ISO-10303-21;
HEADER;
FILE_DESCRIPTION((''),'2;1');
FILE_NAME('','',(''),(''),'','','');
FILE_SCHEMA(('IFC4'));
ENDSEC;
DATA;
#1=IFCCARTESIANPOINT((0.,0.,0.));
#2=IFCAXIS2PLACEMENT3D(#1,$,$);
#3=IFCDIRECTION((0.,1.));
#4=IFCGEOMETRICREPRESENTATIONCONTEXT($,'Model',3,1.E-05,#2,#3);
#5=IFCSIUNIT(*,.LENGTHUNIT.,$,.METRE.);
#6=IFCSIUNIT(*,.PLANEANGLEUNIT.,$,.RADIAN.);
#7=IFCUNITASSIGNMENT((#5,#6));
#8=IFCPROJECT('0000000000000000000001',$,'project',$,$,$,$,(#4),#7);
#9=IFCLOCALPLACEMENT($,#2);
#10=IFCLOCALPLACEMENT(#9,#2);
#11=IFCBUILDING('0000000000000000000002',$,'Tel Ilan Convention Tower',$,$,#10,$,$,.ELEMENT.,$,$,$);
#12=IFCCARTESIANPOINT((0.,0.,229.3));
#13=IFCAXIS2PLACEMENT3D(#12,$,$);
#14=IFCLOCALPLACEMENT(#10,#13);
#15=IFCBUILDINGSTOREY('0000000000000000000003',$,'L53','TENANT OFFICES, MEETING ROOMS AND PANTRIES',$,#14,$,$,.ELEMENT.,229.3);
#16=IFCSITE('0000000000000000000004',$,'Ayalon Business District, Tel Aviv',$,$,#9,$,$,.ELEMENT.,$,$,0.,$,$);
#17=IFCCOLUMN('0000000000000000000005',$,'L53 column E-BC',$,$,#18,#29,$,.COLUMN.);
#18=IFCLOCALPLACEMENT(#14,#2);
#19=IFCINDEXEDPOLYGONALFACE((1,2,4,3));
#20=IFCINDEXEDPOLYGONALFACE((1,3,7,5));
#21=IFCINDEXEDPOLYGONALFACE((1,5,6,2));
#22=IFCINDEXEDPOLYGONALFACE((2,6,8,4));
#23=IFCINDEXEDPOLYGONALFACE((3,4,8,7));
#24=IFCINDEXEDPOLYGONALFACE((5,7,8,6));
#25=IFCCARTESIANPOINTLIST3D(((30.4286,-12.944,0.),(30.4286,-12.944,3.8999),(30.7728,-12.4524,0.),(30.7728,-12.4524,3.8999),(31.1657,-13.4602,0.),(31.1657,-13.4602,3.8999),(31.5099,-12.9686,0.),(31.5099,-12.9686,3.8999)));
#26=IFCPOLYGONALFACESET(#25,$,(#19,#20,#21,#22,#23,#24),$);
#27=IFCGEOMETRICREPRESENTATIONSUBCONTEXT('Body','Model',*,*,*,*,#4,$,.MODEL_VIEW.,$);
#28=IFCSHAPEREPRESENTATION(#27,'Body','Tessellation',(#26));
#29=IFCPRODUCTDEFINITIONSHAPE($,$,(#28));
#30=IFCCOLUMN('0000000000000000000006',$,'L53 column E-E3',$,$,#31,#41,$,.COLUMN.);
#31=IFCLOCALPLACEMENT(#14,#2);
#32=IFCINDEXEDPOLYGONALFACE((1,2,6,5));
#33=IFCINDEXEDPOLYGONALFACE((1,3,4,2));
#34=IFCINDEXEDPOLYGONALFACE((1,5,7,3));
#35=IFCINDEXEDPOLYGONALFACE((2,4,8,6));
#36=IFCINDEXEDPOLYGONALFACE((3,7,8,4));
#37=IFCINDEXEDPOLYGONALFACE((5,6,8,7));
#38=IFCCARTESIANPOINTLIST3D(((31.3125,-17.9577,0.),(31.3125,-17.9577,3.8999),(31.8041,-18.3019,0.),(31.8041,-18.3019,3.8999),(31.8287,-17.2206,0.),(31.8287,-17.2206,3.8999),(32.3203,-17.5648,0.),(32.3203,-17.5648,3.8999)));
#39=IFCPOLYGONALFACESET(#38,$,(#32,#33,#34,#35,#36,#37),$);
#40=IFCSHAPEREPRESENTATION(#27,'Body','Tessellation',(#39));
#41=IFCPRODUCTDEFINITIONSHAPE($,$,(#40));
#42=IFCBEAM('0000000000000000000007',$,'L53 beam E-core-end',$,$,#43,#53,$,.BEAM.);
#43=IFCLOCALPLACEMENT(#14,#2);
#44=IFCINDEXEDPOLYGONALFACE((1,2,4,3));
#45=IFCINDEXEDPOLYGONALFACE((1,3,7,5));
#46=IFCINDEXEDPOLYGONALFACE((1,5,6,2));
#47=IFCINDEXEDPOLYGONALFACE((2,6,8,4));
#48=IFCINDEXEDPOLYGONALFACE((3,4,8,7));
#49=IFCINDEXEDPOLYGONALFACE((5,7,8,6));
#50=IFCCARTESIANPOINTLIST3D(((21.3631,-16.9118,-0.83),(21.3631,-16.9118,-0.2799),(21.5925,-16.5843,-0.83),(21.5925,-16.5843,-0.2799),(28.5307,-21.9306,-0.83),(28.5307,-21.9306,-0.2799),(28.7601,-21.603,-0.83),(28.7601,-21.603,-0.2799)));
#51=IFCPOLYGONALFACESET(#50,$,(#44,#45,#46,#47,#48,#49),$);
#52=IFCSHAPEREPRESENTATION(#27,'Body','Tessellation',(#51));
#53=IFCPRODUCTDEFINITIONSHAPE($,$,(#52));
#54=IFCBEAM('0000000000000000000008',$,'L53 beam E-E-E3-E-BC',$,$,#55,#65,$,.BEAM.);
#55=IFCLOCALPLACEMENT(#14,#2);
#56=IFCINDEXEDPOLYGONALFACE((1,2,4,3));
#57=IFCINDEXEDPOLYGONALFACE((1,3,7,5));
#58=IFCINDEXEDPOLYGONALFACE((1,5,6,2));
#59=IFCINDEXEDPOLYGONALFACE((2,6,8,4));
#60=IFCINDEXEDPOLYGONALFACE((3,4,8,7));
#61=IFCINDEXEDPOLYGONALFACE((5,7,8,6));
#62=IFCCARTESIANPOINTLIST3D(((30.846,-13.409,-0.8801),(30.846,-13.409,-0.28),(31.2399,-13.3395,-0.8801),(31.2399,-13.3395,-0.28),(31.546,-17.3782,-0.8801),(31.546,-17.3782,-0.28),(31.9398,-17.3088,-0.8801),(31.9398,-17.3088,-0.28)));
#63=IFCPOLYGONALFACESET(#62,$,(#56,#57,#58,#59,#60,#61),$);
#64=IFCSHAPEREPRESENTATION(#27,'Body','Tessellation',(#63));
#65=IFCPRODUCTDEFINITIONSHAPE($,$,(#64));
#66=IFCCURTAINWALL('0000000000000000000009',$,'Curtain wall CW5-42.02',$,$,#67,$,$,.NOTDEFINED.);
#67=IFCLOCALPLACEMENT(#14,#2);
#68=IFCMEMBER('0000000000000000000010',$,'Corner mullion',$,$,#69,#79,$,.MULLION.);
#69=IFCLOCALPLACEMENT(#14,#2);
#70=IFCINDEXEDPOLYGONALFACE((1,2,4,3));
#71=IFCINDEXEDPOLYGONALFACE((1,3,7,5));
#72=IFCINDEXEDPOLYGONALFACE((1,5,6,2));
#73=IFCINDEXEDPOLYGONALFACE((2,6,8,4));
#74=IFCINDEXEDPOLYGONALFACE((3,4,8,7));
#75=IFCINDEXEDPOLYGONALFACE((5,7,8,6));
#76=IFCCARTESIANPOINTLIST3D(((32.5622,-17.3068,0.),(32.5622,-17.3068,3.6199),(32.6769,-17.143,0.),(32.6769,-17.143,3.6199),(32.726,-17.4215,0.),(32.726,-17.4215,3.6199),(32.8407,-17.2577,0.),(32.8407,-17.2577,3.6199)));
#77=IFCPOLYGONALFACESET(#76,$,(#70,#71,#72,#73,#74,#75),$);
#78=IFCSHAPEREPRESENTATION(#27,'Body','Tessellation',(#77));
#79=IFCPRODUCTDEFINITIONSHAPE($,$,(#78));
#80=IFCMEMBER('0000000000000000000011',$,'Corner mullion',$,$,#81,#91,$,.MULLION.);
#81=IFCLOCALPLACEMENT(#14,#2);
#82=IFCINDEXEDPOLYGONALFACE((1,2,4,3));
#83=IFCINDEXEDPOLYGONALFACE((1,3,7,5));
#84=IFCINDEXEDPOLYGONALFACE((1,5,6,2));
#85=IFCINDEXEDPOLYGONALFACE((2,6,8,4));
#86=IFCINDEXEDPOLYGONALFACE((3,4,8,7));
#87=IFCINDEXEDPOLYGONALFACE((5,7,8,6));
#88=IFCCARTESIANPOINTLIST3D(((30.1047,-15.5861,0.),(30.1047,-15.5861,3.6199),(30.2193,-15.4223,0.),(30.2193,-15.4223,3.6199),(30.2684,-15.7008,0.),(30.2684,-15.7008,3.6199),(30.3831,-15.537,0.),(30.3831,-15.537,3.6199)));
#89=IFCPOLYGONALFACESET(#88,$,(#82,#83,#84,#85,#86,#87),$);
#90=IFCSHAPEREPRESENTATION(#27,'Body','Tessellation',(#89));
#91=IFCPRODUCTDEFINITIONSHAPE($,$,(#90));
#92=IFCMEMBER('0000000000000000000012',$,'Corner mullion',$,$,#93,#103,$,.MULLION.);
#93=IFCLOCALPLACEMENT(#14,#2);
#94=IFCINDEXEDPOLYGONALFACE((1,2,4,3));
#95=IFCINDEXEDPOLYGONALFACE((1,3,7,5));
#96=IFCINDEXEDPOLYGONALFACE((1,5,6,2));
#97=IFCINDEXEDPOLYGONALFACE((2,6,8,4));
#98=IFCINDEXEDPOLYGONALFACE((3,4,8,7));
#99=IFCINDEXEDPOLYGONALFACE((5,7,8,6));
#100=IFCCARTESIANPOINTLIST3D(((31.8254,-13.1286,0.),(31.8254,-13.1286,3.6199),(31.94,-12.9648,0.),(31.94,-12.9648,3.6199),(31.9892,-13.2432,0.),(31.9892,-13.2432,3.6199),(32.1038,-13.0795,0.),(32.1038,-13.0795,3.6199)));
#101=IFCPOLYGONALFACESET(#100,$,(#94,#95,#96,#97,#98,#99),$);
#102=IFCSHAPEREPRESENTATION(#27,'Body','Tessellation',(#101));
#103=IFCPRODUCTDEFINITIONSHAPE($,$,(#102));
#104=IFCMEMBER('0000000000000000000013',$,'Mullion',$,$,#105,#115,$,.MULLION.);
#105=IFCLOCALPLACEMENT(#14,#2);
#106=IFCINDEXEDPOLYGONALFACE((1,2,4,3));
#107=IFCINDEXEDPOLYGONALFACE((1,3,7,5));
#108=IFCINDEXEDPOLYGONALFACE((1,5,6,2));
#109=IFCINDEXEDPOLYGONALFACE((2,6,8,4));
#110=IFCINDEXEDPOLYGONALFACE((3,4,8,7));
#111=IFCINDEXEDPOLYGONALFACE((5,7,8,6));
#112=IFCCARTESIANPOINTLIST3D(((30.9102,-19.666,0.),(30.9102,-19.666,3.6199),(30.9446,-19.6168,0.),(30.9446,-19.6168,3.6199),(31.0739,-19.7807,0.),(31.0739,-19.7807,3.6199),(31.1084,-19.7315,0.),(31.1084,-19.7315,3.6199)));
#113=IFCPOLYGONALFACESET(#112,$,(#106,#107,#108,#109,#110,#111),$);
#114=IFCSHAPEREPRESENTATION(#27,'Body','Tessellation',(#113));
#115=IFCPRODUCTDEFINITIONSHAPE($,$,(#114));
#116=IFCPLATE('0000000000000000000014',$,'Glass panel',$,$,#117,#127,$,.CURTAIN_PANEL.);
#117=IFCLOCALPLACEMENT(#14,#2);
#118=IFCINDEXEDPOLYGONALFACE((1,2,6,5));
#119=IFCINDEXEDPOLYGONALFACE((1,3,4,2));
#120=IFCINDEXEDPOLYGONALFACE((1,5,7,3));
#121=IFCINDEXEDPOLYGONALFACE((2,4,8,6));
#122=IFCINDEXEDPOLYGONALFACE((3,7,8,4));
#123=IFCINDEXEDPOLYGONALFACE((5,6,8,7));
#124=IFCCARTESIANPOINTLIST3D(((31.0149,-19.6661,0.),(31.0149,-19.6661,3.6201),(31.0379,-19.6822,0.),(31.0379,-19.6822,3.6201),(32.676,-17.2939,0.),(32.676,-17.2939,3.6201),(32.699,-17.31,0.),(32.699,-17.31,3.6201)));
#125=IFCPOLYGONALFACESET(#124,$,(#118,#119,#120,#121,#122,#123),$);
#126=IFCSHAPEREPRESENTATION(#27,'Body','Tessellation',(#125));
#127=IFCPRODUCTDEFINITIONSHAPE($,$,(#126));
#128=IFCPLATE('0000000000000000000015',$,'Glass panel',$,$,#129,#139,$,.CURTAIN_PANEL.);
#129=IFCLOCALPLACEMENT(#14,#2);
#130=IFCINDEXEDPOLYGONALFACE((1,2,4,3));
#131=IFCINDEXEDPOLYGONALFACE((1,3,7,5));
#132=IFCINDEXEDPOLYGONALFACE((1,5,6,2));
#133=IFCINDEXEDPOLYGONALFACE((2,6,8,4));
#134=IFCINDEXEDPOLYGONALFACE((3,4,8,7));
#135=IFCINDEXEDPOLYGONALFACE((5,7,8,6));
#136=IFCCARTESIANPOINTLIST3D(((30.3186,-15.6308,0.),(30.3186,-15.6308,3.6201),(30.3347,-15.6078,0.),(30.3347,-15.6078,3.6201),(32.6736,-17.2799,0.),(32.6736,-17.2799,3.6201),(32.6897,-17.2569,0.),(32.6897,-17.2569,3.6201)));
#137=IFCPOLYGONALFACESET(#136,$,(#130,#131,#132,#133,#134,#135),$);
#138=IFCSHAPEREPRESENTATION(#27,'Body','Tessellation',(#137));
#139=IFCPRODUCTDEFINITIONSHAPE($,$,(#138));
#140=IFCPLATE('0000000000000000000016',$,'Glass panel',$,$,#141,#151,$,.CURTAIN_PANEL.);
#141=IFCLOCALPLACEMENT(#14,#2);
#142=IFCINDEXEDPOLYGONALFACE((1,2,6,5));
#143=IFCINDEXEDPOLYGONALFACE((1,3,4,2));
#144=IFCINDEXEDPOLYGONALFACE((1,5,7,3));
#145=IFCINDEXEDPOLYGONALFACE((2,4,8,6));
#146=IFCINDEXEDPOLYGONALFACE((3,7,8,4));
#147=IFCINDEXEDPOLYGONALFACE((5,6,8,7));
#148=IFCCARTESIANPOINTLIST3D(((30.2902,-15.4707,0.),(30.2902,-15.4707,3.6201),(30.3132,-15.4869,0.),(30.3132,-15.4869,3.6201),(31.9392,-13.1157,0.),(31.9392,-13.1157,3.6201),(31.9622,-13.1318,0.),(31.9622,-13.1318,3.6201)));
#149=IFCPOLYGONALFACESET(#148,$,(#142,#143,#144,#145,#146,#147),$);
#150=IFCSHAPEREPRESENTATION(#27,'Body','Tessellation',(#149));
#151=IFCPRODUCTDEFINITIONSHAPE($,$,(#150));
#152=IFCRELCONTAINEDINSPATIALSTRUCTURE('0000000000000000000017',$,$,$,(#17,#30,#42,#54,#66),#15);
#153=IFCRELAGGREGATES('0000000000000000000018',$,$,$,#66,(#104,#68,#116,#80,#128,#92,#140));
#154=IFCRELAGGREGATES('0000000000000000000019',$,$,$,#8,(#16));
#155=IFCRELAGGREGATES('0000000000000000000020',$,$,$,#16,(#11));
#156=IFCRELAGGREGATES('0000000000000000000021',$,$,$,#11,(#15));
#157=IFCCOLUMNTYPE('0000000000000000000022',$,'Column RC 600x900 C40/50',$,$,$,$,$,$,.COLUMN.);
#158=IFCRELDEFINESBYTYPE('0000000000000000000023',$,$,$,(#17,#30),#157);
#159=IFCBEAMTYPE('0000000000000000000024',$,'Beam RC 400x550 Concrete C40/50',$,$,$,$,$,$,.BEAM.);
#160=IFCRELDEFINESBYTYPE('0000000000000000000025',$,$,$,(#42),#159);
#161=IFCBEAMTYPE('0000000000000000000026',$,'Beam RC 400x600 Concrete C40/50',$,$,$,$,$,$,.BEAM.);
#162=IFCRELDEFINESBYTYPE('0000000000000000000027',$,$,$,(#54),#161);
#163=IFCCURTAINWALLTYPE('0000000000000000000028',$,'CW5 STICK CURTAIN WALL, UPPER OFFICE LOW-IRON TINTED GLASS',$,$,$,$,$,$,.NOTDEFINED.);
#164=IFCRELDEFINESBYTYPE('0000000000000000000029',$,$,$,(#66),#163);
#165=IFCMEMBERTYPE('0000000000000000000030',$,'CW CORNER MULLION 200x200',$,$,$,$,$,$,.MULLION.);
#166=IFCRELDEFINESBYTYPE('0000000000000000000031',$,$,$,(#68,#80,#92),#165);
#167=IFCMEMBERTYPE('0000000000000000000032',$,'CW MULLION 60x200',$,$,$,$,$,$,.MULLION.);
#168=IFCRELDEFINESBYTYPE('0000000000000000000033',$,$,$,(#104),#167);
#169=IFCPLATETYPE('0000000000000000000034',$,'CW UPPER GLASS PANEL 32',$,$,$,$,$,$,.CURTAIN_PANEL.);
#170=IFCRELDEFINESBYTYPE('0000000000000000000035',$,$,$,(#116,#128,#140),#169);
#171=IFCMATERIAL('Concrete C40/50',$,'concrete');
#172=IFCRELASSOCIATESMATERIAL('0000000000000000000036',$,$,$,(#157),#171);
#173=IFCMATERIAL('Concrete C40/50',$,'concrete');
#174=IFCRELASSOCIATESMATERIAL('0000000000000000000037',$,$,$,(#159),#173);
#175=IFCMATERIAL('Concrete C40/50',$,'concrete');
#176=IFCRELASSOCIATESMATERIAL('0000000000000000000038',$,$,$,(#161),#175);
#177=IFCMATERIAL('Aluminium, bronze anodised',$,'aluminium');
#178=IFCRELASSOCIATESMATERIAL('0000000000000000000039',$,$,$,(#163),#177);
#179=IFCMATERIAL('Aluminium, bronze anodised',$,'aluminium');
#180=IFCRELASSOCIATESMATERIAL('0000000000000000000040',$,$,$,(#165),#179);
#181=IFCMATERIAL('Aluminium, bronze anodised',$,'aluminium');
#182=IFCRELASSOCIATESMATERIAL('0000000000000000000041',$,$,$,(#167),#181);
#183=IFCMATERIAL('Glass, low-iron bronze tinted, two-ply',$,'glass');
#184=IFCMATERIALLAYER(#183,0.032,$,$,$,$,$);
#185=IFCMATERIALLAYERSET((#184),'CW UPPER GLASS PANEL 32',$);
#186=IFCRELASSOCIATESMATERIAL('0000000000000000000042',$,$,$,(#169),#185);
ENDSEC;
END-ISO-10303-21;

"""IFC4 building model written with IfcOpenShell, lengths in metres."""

from ifc_helpers import new_model, si_unit, direction, frame, origin, origin_2d, place, context, subcontext, project, spatial, rectangle, extrude, material, layer, layer_set, material_profile, profile_set, type_object, element, aggregate, save


model = new_model("IFC4")

# Units and contexts
model_context = context("Model", 3, precision=1e-05, world=origin(), true_north=direction((0.0, 1.0)))
body_context = subcontext(model_context, "Body", "Model", "MODEL_VIEW")
ifc_project = project(units=[si_unit("LENGTHUNIT", "METRE"), si_unit("PLANEANGLEUNIT", "RADIAN")], contexts=[model_context])

# Site, building, storey
site_placement = place(None, origin())
site = spatial("IfcSite", under=ifc_project, at=site_placement, Name="Ayalon Business District, Tel Aviv", CompositionType="ELEMENT", RefElevation=0.0)
building_placement = place(site_placement, origin())
building = spatial("IfcBuilding", under=site, at=building_placement, Name="Tel Ilan Convention Tower", CompositionType="ELEMENT")
storey_placement = place(building_placement, frame((0.0, 0.0, 229.3)))
storey = spatial("IfcBuildingStorey", under=building, at=storey_placement, Name="L53", Description="TENANT OFFICES, MEETING ROOMS AND PANTRIES", CompositionType="ELEMENT", Elevation=229.3)

# Columns
ifc_material_1 = material(Name="Concrete C40/50", Category="concrete")
ifc_material_profile_1 = material_profile(ifc_material_1, rectangle(XDim=0.8999, YDim=0.6001, at=origin_2d()), Name="RC 600x900")
ifc_profile_set_1 = profile_set([ifc_material_profile_1], Name="Concrete C40/50")
column_type = type_object("IfcColumnType", Name="Column RC 600x900 C40/50", PredefinedType="COLUMN", material=ifc_profile_set_1)
for number, where, z_axis, x_axis, name in (
    (1, (30.9692, -12.9563, 0.0), (0.0, 0.0, 1.0), (0.819152, -0.573576, 0.0), "L53 column E-BC"),
    (2, (31.8164, -17.7612, 0.0), (0.0, 0.0, 1.0), (0.573576, 0.819152, 0.0), "L53 column E-E3"),
):
    element("IfcColumn", number, at=place(storey_placement, frame(where, z_axis=z_axis, x_axis=x_axis)), inside=storey, type_object=column_type, Name=name, PredefinedType="COLUMN", context=body_context, shape_type="SweptSolid", body=[
        extrude(rectangle(XDim=0.8999, YDim=0.6001, at=origin_2d()), origin(), (0.0, 0.0, 1.0), 3.8999),
    ])

# Beams
ifc_material_2 = material(Name="Concrete C40/50", Category="concrete")
ifc_material_profile_2 = material_profile(ifc_material_2, rectangle(XDim=0.3999, YDim=0.55, at=origin_2d()), Name="RC 400x550")
ifc_profile_set_2 = profile_set([ifc_material_profile_2], Name="Concrete C40/50")
beam_type_1 = type_object("IfcBeamType", Name="Beam RC 400x550 Concrete C40/50", PredefinedType="BEAM", material=ifc_profile_set_2)
beam_1_placement = place(storey_placement, frame((21.4778, -16.748, -0.5549), z_axis=(0.819157, -0.573569, 0.0), x_axis=(0.573569, 0.819157, 0.0)))
element("IfcBeam", 3, at=beam_1_placement, inside=storey, type_object=beam_type_1, Name="L53 beam E-core-end", PredefinedType="BEAM", context=body_context, shape_type="SweptSolid", body=[
    extrude(rectangle(XDim=0.3999, YDim=0.55, at=origin_2d()), origin(), (0.0, 0.0, 1.0), 8.75),
])
ifc_material_3 = material(Name="Concrete C40/50", Category="concrete")
ifc_material_profile_3 = material_profile(ifc_material_3, rectangle(XDim=0.3999, YDim=0.6001, at=origin_2d()), Name="RC 400x600")
ifc_profile_set_3 = profile_set([ifc_material_profile_3], Name="Concrete C40/50")
beam_type_2 = type_object("IfcBeamType", Name="Beam RC 400x600 Concrete C40/50", PredefinedType="BEAM", material=ifc_profile_set_3)
beam_2_placement = place(storey_placement, frame((31.7429, -17.3435, -0.5801), z_axis=(-0.173664, 0.984805, 0.0), x_axis=(-0.984805, -0.173664, 0.0)))
element("IfcBeam", 4, at=beam_2_placement, inside=storey, type_object=beam_type_2, Name="L53 beam E-E-E3-E-BC", PredefinedType="BEAM", context=body_context, shape_type="SweptSolid", body=[
    extrude(rectangle(XDim=0.3999, YDim=0.6001, at=origin_2d()), origin(), (0.0, 0.0, 1.0), 4.0305),
])

# Curtain wall, members, plates
ifc_material_4 = material(Name="Aluminium, bronze anodised", Category="aluminium")
curtain_wall_type = type_object("IfcCurtainWallType", Name="CW5 STICK CURTAIN WALL, UPPER OFFICE LOW-IRON TINTED GLASS", PredefinedType="NOTDEFINED", material=ifc_material_4)
curtain_wall_placement = place(storey_placement, origin())
curtain_wall = element("IfcCurtainWall", 5, at=curtain_wall_placement, inside=storey, type_object=curtain_wall_type, Name="Curtain wall CW5-42.02", PredefinedType="NOTDEFINED")
ifc_material_5 = material(Name="Aluminium, bronze anodised", Category="aluminium")
ifc_material_profile_4 = material_profile(ifc_material_5, rectangle(XDim=0.2, YDim=0.2, at=origin_2d()), Name="CW CORNER MULLION 200x200")
ifc_profile_set_4 = profile_set([ifc_material_profile_4], Name="Aluminium, bronze anodised")
member_type_1 = type_object("IfcMemberType", Name="CW CORNER MULLION 200x200", PredefinedType="MULLION", material=ifc_profile_set_4)
member_1_placement = place(storey_placement, frame((32.7014, -17.2822, 0.0), z_axis=(0.0, 0.0, 1.0), x_axis=(0.573576, 0.819152, 0.0)))
member_1 = element("IfcMember", 6, at=member_1_placement, type_object=member_type_1, Name="Corner mullion", PredefinedType="MULLION", context=body_context, shape_type="SweptSolid", body=[
    extrude(rectangle(XDim=0.2, YDim=0.2, at=origin_2d()), origin(), (0.0, 0.0, 1.0), 3.6199),
])
member_2_placement = place(storey_placement, frame((30.2439, -15.5615, 0.0), z_axis=(0.0, 0.0, 1.0), x_axis=(-0.819152, 0.573576, 0.0)))
member_2 = element("IfcMember", 7, at=member_2_placement, type_object=member_type_1, Name="Corner mullion", PredefinedType="MULLION", context=body_context, shape_type="SweptSolid", body=[
    extrude(rectangle(XDim=0.2, YDim=0.2, at=origin_2d()), origin(), (0.0, 0.0, 1.0), 3.6199),
])
member_3_placement = place(storey_placement, frame((31.9646, -13.104, 0.0), z_axis=(0.0, 0.0, 1.0), x_axis=(0.573576, 0.819152, 0.0)))
member_3 = element("IfcMember", 8, at=member_3_placement, type_object=member_type_1, Name="Corner mullion", PredefinedType="MULLION", context=body_context, shape_type="SweptSolid", body=[
    extrude(rectangle(XDim=0.2, YDim=0.2, at=origin_2d()), origin(), (0.0, 0.0, 1.0), 3.6199),
])
ifc_material_6 = material(Name="Aluminium, bronze anodised", Category="aluminium")
ifc_material_profile_5 = material_profile(ifc_material_6, rectangle(XDim=0.0601, YDim=0.2, at=origin_2d()), Name="CW MULLION 60x200")
ifc_profile_set_5 = profile_set([ifc_material_profile_5], Name="Aluminium, bronze anodised")
member_type_2 = type_object("IfcMemberType", Name="CW MULLION 60x200", PredefinedType="MULLION", material=ifc_profile_set_5)
member_4_placement = place(storey_placement, frame((31.0093, -19.6987, 0.0), z_axis=(0.0, 0.0, 1.0), x_axis=(0.573576, 0.819152, 0.0)))
member_4 = element("IfcMember", 9, at=member_4_placement, type_object=member_type_2, Name="Mullion", PredefinedType="MULLION", context=body_context, shape_type="SweptSolid", body=[
    extrude(rectangle(XDim=0.0601, YDim=0.2, at=origin_2d()), origin(), (0.0, 0.0, 1.0), 3.6199),
])
ifc_material_7 = material(Name="Glass, low-iron bronze tinted, two-ply", Category="glass")
ifc_layer_1 = layer(ifc_material_7, 0.032)
ifc_layer_set_1 = layer_set([ifc_layer_1], Name="CW UPPER GLASS PANEL 32")
plate_type = type_object("IfcPlateType", Name="CW UPPER GLASS PANEL 32", PredefinedType="CURTAIN_PANEL", material=ifc_layer_set_1)
plate_1_placement = place(storey_placement, frame((31.8569, -18.488, 0.0), z_axis=(0.0, 0.0, 1.0), x_axis=(0.573576, 0.819152, 0.0)))
plate_1 = element("IfcPlate", 10, at=plate_1_placement, type_object=plate_type, Name="Glass panel", PredefinedType="CURTAIN_PANEL", context=body_context, shape_type="SweptSolid", body=[
    extrude(rectangle(XDim=2.896, YDim=0.0281, at=origin_2d()), origin(), (0.0, 0.0, 1.0), 3.6201),
])
plate_2_placement = place(storey_placement, frame((31.5042, -16.4438, 0.0), z_axis=(0.0, 0.0, 1.0), x_axis=(-0.819152, 0.573576, 0.0)))
plate_2 = element("IfcPlate", 11, at=plate_2_placement, type_object=plate_type, Name="Glass panel", PredefinedType="CURTAIN_PANEL", context=body_context, shape_type="SweptSolid", body=[
    extrude(rectangle(XDim=2.875, YDim=0.0281, at=origin_2d()), origin(), (0.0, 0.0, 1.0), 3.6201),
])
plate_3_placement = place(storey_placement, frame((31.1262, -14.3013, 0.0), z_axis=(0.0, 0.0, 1.0), x_axis=(0.573576, 0.819152, 0.0)))
plate_3 = element("IfcPlate", 12, at=plate_3_placement, type_object=plate_type, Name="Glass panel", PredefinedType="CURTAIN_PANEL", context=body_context, shape_type="SweptSolid", body=[
    extrude(rectangle(XDim=2.875, YDim=0.0281, at=origin_2d()), origin(), (0.0, 0.0, 1.0), 3.6201),
])
aggregate(curtain_wall, [member_4, member_1, plate_1, member_2, plate_2, member_3, plate_3])

save(model, "model.ifc")
